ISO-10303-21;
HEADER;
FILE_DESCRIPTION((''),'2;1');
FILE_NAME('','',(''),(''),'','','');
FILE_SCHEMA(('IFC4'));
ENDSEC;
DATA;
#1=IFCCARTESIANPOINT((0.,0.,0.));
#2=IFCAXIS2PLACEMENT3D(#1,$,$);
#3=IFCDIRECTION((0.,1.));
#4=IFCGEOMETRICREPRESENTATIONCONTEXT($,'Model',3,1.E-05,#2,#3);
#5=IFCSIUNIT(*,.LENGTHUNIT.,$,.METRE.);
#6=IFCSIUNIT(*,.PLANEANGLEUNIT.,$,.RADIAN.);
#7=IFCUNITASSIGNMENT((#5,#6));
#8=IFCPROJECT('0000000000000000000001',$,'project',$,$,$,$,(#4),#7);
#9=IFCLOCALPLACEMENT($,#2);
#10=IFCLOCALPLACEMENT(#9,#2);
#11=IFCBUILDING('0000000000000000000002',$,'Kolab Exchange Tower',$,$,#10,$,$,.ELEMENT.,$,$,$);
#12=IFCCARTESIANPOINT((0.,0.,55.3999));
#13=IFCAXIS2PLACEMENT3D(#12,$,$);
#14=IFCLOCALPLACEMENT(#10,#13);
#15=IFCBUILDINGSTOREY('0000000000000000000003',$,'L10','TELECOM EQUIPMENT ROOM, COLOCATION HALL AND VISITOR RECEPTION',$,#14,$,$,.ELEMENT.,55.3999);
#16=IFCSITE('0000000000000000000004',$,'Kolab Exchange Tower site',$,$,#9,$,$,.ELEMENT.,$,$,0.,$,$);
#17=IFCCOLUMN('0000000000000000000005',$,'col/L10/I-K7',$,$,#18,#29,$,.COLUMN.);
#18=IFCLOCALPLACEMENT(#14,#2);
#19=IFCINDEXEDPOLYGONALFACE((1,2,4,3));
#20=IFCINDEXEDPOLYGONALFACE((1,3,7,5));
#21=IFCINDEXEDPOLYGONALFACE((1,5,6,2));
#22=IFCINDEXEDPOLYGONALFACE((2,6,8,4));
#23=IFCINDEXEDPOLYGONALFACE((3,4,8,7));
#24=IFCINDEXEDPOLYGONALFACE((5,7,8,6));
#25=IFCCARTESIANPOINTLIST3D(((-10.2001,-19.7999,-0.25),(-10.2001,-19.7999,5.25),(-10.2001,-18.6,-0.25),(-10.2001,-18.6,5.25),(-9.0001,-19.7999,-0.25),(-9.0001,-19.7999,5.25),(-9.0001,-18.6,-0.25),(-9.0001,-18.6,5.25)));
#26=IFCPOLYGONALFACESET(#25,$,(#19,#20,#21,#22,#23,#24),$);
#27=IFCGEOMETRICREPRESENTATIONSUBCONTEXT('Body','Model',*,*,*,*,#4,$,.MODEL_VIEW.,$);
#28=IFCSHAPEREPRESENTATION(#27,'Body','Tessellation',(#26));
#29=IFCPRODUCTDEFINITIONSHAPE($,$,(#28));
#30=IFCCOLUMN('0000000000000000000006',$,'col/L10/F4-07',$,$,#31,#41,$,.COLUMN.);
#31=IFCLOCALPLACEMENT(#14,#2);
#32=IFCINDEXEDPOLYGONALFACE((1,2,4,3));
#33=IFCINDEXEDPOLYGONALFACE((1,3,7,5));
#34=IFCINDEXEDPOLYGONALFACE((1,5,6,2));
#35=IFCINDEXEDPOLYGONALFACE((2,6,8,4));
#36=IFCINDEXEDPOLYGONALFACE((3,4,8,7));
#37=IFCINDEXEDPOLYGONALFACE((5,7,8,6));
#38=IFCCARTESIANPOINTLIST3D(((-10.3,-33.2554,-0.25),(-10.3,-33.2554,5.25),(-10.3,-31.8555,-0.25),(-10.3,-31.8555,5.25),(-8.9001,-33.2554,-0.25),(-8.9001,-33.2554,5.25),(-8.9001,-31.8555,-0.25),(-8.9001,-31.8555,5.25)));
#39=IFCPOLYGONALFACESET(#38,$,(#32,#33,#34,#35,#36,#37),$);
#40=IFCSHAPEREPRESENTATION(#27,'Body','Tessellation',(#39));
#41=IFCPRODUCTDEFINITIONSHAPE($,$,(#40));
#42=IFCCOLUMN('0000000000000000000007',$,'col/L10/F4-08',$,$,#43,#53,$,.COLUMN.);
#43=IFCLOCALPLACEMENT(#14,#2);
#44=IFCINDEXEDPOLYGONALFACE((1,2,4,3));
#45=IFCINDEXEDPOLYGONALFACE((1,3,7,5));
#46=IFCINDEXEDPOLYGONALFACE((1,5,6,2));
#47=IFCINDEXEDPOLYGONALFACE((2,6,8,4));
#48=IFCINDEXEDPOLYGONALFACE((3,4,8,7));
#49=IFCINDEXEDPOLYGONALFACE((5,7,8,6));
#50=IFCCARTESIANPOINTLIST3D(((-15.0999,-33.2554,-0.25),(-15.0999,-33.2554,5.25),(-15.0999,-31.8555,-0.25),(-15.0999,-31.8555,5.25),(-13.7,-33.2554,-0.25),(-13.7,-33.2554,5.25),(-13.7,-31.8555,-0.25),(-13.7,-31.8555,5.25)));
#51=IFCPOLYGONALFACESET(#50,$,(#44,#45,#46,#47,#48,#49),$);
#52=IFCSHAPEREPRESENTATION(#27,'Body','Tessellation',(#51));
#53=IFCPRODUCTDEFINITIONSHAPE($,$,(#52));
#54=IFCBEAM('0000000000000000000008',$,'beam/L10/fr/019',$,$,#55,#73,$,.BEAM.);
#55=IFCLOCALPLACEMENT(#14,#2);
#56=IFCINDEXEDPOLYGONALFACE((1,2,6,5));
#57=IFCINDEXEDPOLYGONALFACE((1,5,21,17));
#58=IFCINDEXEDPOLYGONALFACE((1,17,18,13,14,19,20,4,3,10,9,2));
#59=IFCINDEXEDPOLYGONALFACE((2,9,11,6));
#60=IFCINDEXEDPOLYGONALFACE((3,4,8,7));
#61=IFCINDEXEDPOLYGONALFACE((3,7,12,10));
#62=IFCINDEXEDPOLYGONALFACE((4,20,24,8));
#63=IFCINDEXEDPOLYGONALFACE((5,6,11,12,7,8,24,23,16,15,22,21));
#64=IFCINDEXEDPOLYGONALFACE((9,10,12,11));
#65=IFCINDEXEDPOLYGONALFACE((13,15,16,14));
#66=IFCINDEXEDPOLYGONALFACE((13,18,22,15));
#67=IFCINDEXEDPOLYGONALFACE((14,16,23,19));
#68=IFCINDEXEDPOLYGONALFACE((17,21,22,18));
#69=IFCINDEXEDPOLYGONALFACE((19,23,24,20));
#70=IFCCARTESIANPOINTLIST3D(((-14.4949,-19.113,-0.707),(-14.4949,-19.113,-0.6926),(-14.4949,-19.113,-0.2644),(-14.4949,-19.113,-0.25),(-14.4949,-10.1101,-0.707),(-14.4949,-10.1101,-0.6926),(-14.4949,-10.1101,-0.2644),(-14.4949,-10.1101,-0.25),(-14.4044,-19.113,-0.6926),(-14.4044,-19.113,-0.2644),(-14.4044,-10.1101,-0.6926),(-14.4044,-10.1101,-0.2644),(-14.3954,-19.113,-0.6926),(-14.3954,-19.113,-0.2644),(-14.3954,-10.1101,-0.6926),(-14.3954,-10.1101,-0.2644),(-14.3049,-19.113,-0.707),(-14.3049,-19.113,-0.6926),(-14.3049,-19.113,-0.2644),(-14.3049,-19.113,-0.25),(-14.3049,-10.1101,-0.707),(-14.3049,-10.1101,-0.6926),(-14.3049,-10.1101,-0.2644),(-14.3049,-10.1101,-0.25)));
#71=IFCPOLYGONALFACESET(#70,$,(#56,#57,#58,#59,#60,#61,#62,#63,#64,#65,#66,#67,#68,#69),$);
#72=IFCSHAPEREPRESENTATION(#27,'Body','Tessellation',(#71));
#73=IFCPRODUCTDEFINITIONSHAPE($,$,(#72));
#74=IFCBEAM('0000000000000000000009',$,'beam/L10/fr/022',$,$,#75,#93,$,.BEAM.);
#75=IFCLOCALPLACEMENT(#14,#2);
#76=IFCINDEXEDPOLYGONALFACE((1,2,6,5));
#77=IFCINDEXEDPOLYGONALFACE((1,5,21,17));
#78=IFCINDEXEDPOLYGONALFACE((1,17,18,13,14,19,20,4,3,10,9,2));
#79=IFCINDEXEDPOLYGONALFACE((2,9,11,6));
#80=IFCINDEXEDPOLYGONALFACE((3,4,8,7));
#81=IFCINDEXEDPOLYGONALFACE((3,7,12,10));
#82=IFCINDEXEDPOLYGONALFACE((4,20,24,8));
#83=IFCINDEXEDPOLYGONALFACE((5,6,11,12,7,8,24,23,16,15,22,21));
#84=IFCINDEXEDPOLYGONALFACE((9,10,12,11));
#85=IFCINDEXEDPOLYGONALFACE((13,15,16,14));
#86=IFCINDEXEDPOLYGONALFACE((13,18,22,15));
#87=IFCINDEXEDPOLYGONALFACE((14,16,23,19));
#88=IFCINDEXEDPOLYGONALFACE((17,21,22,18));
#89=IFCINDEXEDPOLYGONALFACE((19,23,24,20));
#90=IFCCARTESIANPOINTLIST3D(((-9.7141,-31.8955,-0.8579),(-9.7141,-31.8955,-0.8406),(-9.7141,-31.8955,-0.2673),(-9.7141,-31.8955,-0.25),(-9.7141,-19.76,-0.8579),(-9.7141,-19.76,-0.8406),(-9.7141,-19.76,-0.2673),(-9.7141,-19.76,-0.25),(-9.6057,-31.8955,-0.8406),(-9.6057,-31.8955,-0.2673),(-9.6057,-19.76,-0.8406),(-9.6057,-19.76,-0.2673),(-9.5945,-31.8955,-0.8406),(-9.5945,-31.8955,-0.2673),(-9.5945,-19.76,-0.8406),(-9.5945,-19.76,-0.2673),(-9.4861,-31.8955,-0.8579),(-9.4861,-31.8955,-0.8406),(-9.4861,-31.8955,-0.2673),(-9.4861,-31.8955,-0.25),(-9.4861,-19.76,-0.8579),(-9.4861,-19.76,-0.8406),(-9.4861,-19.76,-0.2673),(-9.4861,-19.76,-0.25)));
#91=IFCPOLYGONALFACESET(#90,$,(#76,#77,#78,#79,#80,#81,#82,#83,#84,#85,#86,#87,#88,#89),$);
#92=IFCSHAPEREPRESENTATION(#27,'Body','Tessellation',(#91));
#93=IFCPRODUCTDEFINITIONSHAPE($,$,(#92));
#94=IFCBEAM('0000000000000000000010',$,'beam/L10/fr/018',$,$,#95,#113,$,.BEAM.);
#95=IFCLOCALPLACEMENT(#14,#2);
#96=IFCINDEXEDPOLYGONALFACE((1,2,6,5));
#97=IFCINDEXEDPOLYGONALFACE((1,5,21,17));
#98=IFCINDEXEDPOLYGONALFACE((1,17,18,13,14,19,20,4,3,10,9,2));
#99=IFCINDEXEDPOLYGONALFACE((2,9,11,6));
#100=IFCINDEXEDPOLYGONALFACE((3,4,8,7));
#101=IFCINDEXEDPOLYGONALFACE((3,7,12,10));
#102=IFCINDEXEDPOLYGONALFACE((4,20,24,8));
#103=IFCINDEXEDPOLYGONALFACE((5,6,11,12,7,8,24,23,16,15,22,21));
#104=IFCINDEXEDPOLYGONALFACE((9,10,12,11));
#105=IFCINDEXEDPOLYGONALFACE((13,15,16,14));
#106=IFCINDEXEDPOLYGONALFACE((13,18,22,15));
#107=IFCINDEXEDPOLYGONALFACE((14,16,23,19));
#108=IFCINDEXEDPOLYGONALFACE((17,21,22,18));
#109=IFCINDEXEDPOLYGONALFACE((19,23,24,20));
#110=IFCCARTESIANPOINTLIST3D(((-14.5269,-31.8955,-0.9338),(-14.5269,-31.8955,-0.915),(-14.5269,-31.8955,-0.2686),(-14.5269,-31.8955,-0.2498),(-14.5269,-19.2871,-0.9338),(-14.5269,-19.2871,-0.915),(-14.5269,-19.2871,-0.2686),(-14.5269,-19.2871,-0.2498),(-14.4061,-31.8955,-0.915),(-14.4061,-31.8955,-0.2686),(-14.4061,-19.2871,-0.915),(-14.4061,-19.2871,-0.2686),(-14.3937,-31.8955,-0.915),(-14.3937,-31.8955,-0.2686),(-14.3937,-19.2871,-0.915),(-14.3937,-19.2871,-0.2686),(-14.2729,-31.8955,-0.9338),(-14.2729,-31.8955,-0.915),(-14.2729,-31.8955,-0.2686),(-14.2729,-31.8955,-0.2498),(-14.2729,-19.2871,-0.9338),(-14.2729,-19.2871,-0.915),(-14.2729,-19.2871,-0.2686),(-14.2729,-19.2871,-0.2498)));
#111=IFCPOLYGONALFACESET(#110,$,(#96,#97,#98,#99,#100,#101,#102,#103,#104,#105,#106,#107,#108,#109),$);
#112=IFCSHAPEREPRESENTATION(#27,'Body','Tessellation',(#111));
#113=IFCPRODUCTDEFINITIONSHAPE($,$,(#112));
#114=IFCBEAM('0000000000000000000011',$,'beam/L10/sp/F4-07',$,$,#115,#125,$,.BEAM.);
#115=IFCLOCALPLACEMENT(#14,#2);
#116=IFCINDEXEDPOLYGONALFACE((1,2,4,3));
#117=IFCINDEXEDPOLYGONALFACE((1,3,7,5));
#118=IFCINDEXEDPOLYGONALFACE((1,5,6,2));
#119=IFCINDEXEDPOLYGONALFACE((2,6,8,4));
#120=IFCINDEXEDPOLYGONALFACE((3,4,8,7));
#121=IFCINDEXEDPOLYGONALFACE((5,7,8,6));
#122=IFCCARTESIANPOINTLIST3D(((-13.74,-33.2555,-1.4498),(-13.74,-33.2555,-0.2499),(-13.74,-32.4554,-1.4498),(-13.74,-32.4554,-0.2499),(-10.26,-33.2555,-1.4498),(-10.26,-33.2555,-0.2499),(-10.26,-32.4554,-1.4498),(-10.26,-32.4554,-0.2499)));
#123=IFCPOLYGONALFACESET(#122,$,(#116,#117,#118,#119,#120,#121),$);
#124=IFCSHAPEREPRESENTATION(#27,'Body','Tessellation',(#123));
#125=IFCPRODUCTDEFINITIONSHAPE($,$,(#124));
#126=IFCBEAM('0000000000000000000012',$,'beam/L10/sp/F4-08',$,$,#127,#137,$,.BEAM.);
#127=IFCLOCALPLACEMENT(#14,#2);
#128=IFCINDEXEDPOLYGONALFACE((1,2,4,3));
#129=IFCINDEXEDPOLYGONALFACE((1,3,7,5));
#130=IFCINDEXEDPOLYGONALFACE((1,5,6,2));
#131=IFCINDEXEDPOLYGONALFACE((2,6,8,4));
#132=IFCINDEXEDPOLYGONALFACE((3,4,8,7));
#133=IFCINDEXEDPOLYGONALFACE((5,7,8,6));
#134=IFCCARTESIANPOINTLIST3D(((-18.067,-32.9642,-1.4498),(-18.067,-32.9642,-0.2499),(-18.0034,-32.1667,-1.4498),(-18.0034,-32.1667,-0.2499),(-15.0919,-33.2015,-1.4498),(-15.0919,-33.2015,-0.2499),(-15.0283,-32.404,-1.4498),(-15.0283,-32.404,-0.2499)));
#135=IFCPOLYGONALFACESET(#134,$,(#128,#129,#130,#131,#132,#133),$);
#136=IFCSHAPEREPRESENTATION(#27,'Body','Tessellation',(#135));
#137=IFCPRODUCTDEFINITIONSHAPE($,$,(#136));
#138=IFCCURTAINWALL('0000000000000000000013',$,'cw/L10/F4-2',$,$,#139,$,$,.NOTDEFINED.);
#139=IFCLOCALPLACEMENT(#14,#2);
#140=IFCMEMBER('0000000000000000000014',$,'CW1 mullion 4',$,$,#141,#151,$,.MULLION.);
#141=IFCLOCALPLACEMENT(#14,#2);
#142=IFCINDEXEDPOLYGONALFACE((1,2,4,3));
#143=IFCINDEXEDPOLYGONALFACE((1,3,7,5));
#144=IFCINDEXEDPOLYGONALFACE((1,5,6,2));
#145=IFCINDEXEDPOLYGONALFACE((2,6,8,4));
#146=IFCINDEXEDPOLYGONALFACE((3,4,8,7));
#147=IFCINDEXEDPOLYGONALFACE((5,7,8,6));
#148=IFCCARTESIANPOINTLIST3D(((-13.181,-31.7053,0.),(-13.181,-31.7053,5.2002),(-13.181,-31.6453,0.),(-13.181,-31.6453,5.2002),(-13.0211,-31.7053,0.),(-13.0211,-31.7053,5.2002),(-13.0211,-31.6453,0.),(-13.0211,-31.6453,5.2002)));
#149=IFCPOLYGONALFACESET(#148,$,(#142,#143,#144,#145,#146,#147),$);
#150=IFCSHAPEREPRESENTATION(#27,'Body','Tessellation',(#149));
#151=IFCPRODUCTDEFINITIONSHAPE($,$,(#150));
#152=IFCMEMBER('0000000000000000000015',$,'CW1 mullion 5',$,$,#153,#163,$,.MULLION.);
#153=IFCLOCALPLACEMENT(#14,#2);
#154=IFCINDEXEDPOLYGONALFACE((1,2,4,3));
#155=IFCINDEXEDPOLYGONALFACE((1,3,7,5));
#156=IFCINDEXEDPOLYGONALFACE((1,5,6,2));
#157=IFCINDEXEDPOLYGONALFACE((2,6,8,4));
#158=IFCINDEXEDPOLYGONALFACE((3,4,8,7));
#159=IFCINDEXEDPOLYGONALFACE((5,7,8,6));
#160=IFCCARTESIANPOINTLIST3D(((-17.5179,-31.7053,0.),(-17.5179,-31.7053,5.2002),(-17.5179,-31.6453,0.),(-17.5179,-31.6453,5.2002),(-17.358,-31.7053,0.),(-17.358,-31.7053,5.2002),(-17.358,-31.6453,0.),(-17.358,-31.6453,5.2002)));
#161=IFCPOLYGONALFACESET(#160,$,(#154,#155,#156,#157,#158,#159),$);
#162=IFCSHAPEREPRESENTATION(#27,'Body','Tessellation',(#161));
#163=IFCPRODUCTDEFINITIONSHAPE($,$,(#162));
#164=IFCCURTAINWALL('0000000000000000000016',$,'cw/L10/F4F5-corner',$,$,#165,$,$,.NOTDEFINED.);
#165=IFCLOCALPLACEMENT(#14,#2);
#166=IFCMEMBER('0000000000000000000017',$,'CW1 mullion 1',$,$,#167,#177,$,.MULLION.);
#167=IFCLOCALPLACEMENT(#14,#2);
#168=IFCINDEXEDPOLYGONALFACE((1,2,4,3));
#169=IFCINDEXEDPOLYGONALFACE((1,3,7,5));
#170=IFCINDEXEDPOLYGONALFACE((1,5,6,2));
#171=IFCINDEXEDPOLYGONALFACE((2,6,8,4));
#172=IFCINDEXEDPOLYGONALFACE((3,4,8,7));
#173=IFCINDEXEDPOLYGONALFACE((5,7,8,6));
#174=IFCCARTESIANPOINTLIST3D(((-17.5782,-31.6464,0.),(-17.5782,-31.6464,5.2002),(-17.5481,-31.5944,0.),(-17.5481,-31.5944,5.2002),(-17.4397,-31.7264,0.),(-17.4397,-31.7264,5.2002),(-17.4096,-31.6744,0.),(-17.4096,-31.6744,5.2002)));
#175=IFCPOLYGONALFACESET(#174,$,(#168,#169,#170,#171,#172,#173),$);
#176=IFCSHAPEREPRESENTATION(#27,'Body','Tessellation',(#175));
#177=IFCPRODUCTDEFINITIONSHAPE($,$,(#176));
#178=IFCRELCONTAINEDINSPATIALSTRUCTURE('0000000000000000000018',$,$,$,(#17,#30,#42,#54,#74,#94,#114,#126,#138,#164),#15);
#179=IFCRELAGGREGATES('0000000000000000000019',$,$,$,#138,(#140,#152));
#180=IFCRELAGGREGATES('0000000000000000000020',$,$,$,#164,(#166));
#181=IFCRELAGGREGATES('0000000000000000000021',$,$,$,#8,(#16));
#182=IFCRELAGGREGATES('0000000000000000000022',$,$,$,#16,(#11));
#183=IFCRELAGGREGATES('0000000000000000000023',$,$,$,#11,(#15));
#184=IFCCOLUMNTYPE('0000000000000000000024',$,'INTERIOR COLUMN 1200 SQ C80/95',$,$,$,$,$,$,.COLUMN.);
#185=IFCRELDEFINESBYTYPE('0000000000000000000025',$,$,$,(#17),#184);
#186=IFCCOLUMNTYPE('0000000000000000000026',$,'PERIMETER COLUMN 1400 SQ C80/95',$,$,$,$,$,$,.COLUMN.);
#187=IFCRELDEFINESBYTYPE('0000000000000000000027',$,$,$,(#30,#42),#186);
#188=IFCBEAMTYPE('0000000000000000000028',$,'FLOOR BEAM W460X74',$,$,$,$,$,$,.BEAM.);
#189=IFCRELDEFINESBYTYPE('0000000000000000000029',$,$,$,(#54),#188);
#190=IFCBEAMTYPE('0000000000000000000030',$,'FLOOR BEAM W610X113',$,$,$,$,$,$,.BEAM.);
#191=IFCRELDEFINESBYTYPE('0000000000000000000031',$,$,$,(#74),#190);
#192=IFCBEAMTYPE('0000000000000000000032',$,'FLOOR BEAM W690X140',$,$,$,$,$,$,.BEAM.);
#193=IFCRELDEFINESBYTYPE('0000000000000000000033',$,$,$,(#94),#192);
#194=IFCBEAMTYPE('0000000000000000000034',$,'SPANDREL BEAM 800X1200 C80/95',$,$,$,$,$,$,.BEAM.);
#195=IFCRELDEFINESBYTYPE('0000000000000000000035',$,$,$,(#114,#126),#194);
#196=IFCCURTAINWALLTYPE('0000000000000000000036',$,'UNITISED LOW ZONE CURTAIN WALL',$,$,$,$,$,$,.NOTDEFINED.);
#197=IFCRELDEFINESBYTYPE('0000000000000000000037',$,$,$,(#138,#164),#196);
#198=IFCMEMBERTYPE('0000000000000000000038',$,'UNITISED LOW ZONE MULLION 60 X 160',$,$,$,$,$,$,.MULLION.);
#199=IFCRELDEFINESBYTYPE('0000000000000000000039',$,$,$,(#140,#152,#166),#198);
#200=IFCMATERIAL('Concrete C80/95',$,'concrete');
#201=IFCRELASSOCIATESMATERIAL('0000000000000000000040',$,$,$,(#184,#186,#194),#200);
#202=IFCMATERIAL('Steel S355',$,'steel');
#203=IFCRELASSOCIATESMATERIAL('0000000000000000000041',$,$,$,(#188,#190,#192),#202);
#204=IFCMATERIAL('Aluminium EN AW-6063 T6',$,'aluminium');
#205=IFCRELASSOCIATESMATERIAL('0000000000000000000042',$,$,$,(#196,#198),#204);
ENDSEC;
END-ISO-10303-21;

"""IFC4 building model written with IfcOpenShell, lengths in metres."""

from ifc_helpers import new_model, si_unit, direction, frame, origin, origin_2d, place, context, subcontext, project, spatial, rectangle, i_section, extrude, material, material_profile, profile_set, type_object, element, aggregate, save


model = new_model("IFC4")

# Units and contexts
model_context = context("Model", 3, precision=1e-05, world=origin(), true_north=direction((0.0, 1.0)))
body_context = subcontext(model_context, "Body", "Model", "MODEL_VIEW")
ifc_project = project(units=[si_unit("LENGTHUNIT", "METRE"), si_unit("PLANEANGLEUNIT", "RADIAN")], contexts=[model_context])

# Site, building, storey
site_placement = place(None, origin())
site = spatial("IfcSite", under=ifc_project, at=site_placement, Name="Kolab Exchange Tower site", CompositionType="ELEMENT", RefElevation=0.0)
building_placement = place(site_placement, origin())
building = spatial("IfcBuilding", under=site, at=building_placement, Name="Kolab Exchange Tower", CompositionType="ELEMENT")
storey_placement = place(building_placement, frame((0.0, 0.0, 55.3999)))
storey = spatial("IfcBuildingStorey", under=building, at=storey_placement, Name="L10", Description="TELECOM EQUIPMENT ROOM, COLOCATION HALL AND VISITOR RECEPTION", CompositionType="ELEMENT", Elevation=55.3999)

# Columns
ifc_material_1 = material(Name="Concrete C80/95", Category="concrete")
ifc_material_profile_1 = material_profile(ifc_material_1, rectangle(XDim=1.2, YDim=1.2, at=origin_2d()), Name="RC1200")
ifc_profile_set_1 = profile_set([ifc_material_profile_1], Name="Concrete C80/95")
column_type_1 = type_object("IfcColumnType", Name="INTERIOR COLUMN 1200 SQ C80/95", PredefinedType="COLUMN", material=ifc_profile_set_1)
column_placement = place(storey_placement, frame((-9.6001, -19.2, -0.25), z_axis=(0.0, 0.0, 1.0), x_axis=(1.0, 0.0, 0.0)))
element("IfcColumn", 1, at=column_placement, inside=storey, type_object=column_type_1, Name="col/L10/I-K7", PredefinedType="COLUMN", context=body_context, shape_type="SweptSolid", body=[
    extrude(rectangle(XDim=1.2, YDim=1.2, at=origin_2d()), origin(), (0.0, 0.0, 1.0), 5.5),
])
ifc_material_profile_2 = material_profile(ifc_material_1, rectangle(XDim=1.3999, YDim=1.3999, at=origin_2d()), Name="RC1400")
ifc_profile_set_2 = profile_set([ifc_material_profile_2], Name="Concrete C80/95")
column_type_2 = type_object("IfcColumnType", Name="PERIMETER COLUMN 1400 SQ C80/95", PredefinedType="COLUMN", material=ifc_profile_set_2)
for number, where, z_axis, x_axis, name in (
    (2, (-9.6001, -32.5554, -0.25), (0.0, 0.0, 1.0), (1.0, 0.0, 0.0), "col/L10/F4-07"),
    (3, (-14.3999, -32.5554, -0.25), (0.0, 0.0, 1.0), (1.0, 0.0, 0.0), "col/L10/F4-08"),
):
    element("IfcColumn", number, at=place(storey_placement, frame(where, z_axis=z_axis, x_axis=x_axis)), inside=storey, type_object=column_type_2, Name=name, PredefinedType="COLUMN", context=body_context, shape_type="SweptSolid", body=[
        extrude(rectangle(XDim=1.3999, YDim=1.3999, at=origin_2d()), origin(), (0.0, 0.0, 1.0), 5.5),
    ])

# Beams
ifc_material_2 = material(Name="Steel S355", Category="steel")
ifc_material_profile_3 = material_profile(ifc_material_2, i_section(OverallWidth=0.1899, OverallDepth=0.457, WebThickness=0.009, FlangeThickness=0.0144, at=origin_2d()), Name="W460X74")
ifc_profile_set_3 = profile_set([ifc_material_profile_3], Name="Steel S355")
beam_type_1 = type_object("IfcBeamType", Name="FLOOR BEAM W460X74", PredefinedType="BEAM", material=ifc_profile_set_3)
beam_1_placement = place(storey_placement, frame((-14.3999, -19.113, -0.4785), z_axis=(0.0, 1.0, 0.0), x_axis=(-1.0, 0.0, 0.0)))
element("IfcBeam", 4, at=beam_1_placement, inside=storey, type_object=beam_type_1, Name="beam/L10/fr/019", PredefinedType="BEAM", context=body_context, shape_type="SweptSolid", body=[
    extrude(i_section(OverallWidth=0.1899, OverallDepth=0.457, WebThickness=0.009, FlangeThickness=0.0144, at=origin_2d()), origin(), (0.0, 0.0, 1.0), 9.0029),
])
ifc_material_profile_4 = material_profile(ifc_material_2, i_section(OverallWidth=0.228, OverallDepth=0.6079, WebThickness=0.0112, FlangeThickness=0.0173, at=origin_2d()), Name="W610X113")
ifc_profile_set_4 = profile_set([ifc_material_profile_4], Name="Steel S355")
beam_type_2 = type_object("IfcBeamType", Name="FLOOR BEAM W610X113", PredefinedType="BEAM", material=ifc_profile_set_4)
beam_2_placement = place(storey_placement, frame((-9.6001, -31.8955, -0.554), z_axis=(0.0, 1.0, 0.0), x_axis=(-1.0, 0.0, 0.0)))
element("IfcBeam", 5, at=beam_2_placement, inside=storey, type_object=beam_type_2, Name="beam/L10/fr/022", PredefinedType="BEAM", context=body_context, shape_type="SweptSolid", body=[
    extrude(i_section(OverallWidth=0.228, OverallDepth=0.6079, WebThickness=0.0112, FlangeThickness=0.0173, at=origin_2d()), origin(), (0.0, 0.0, 1.0), 12.1355),
])
ifc_material_profile_5 = material_profile(ifc_material_2, i_section(OverallWidth=0.2539, OverallDepth=0.6841, WebThickness=0.0125, FlangeThickness=0.0188, at=origin_2d()), Name="W690X140")
ifc_profile_set_5 = profile_set([ifc_material_profile_5], Name="Steel S355")
beam_type_3 = type_object("IfcBeamType", Name="FLOOR BEAM W690X140", PredefinedType="BEAM", material=ifc_profile_set_5)
beam_3_placement = place(storey_placement, frame((-14.3999, -31.8955, -0.5918), z_axis=(0.0, 1.0, 0.0), x_axis=(-1.0, 0.0, 0.0)))
element("IfcBeam", 6, at=beam_3_placement, inside=storey, type_object=beam_type_3, Name="beam/L10/fr/018", PredefinedType="BEAM", context=body_context, shape_type="SweptSolid", body=[
    extrude(i_section(OverallWidth=0.2539, OverallDepth=0.6841, WebThickness=0.0125, FlangeThickness=0.0188, at=origin_2d()), origin(), (0.0, 0.0, 1.0), 12.6084),
])
ifc_material_profile_6 = material_profile(ifc_material_1, rectangle(XDim=0.8, YDim=1.2, at=origin_2d()), Name="RC800X1200")
ifc_profile_set_6 = profile_set([ifc_material_profile_6], Name="Concrete C80/95")
beam_type_4 = type_object("IfcBeamType", Name="SPANDREL BEAM 800X1200 C80/95", PredefinedType="BEAM", material=ifc_profile_set_6)
beam_4_placement = place(storey_placement, frame((-10.26, -32.8555, -0.8499), z_axis=(-1.0, 0.0, 0.0), x_axis=(0.0, -1.0, 0.0)))
element("IfcBeam", 7, at=beam_4_placement, inside=storey, type_object=beam_type_4, Name="beam/L10/sp/F4-07", PredefinedType="BEAM", context=body_context, shape_type="SweptSolid", body=[
    extrude(rectangle(XDim=0.8, YDim=1.2, at=origin_2d()), origin(), (0.0, 0.0, 1.0), 3.48),
])
beam_5_placement = place(storey_placement, frame((-15.0601, -32.8027, -0.8499), z_axis=(-0.996834, 0.079511, 0.0), x_axis=(-0.079511, -0.996834, 0.0)))
element("IfcBeam", 8, at=beam_5_placement, inside=storey, type_object=beam_type_4, Name="beam/L10/sp/F4-08", PredefinedType="BEAM", context=body_context, shape_type="SweptSolid", body=[
    extrude(rectangle(XDim=0.8, YDim=1.2, at=origin_2d()), origin(), (0.0, 0.0, 1.0), 2.9846),
])

# Curtain wall, members
ifc_material_3 = material(Name="Aluminium EN AW-6063 T6", Category="aluminium")
curtain_wall_type = type_object("IfcCurtainWallType", Name="UNITISED LOW ZONE CURTAIN WALL", PredefinedType="NOTDEFINED", material=ifc_material_3)
curtain_wall_1_placement = place(storey_placement, origin())
curtain_wall_1 = element("IfcCurtainWall", 9, at=curtain_wall_1_placement, inside=storey, type_object=curtain_wall_type, Name="cw/L10/F4-2", PredefinedType="NOTDEFINED")
ifc_material_profile_7 = material_profile(ifc_material_3, rectangle(XDim=0.0601, YDim=0.1599, at=origin_2d()), Name="RECT 60X160")
ifc_profile_set_7 = profile_set([ifc_material_profile_7], Name="Aluminium EN AW-6063 T6")
member_type_1 = type_object("IfcMemberType", Name="UNITISED LOW ZONE MULLION 60 X 160", PredefinedType="MULLION", material=ifc_profile_set_7)
member_1_placement = place(storey_placement, frame((-13.1011, -31.6753, 0.0), z_axis=(0.0, 0.0, 1.0), x_axis=(0.0, -1.0, 0.0)))
member_1 = element("IfcMember", 10, at=member_1_placement, type_object=member_type_1, Name="CW1 mullion 4", PredefinedType="MULLION", context=body_context, shape_type="SweptSolid", body=[
    extrude(rectangle(XDim=0.0601, YDim=0.1599, at=origin_2d()), origin(), (0.0, 0.0, 1.0), 5.2002),
])
member_2_placement = place(storey_placement, frame((-17.438, -31.6753, 0.0), z_axis=(0.0, 0.0, 1.0), x_axis=(0.0, -1.0, 0.0)))
member_2 = element("IfcMember", 11, at=member_2_placement, type_object=member_type_1, Name="CW1 mullion 5", PredefinedType="MULLION", context=body_context, shape_type="SweptSolid", body=[
    extrude(rectangle(XDim=0.0601, YDim=0.1599, at=origin_2d()), origin(), (0.0, 0.0, 1.0), 5.2002),
])

# Curtain wall, member
curtain_wall_2_placement = place(storey_placement, origin())
curtain_wall_2 = element("IfcCurtainWall", 12, at=curtain_wall_2_placement, inside=storey, type_object=curtain_wall_type, Name="cw/L10/F4F5-corner", PredefinedType="NOTDEFINED")
member_3_placement = place(storey_placement, frame((-17.4939, -31.6604, 0.0), z_axis=(0.0, 0.0, 1.0), x_axis=(-0.5, -0.866025, 0.0)))
member_3 = element("IfcMember", 13, at=member_3_placement, type_object=member_type_1, Name="CW1 mullion 1", PredefinedType="MULLION", context=body_context, shape_type="SweptSolid", body=[
    extrude(rectangle(XDim=0.0601, YDim=0.1599, at=origin_2d()), origin(), (0.0, 0.0, 1.0), 5.2002),
])

aggregate(curtain_wall_1, [member_1, member_2])
aggregate(curtain_wall_2, [member_3])

save(model, "model.ifc")
